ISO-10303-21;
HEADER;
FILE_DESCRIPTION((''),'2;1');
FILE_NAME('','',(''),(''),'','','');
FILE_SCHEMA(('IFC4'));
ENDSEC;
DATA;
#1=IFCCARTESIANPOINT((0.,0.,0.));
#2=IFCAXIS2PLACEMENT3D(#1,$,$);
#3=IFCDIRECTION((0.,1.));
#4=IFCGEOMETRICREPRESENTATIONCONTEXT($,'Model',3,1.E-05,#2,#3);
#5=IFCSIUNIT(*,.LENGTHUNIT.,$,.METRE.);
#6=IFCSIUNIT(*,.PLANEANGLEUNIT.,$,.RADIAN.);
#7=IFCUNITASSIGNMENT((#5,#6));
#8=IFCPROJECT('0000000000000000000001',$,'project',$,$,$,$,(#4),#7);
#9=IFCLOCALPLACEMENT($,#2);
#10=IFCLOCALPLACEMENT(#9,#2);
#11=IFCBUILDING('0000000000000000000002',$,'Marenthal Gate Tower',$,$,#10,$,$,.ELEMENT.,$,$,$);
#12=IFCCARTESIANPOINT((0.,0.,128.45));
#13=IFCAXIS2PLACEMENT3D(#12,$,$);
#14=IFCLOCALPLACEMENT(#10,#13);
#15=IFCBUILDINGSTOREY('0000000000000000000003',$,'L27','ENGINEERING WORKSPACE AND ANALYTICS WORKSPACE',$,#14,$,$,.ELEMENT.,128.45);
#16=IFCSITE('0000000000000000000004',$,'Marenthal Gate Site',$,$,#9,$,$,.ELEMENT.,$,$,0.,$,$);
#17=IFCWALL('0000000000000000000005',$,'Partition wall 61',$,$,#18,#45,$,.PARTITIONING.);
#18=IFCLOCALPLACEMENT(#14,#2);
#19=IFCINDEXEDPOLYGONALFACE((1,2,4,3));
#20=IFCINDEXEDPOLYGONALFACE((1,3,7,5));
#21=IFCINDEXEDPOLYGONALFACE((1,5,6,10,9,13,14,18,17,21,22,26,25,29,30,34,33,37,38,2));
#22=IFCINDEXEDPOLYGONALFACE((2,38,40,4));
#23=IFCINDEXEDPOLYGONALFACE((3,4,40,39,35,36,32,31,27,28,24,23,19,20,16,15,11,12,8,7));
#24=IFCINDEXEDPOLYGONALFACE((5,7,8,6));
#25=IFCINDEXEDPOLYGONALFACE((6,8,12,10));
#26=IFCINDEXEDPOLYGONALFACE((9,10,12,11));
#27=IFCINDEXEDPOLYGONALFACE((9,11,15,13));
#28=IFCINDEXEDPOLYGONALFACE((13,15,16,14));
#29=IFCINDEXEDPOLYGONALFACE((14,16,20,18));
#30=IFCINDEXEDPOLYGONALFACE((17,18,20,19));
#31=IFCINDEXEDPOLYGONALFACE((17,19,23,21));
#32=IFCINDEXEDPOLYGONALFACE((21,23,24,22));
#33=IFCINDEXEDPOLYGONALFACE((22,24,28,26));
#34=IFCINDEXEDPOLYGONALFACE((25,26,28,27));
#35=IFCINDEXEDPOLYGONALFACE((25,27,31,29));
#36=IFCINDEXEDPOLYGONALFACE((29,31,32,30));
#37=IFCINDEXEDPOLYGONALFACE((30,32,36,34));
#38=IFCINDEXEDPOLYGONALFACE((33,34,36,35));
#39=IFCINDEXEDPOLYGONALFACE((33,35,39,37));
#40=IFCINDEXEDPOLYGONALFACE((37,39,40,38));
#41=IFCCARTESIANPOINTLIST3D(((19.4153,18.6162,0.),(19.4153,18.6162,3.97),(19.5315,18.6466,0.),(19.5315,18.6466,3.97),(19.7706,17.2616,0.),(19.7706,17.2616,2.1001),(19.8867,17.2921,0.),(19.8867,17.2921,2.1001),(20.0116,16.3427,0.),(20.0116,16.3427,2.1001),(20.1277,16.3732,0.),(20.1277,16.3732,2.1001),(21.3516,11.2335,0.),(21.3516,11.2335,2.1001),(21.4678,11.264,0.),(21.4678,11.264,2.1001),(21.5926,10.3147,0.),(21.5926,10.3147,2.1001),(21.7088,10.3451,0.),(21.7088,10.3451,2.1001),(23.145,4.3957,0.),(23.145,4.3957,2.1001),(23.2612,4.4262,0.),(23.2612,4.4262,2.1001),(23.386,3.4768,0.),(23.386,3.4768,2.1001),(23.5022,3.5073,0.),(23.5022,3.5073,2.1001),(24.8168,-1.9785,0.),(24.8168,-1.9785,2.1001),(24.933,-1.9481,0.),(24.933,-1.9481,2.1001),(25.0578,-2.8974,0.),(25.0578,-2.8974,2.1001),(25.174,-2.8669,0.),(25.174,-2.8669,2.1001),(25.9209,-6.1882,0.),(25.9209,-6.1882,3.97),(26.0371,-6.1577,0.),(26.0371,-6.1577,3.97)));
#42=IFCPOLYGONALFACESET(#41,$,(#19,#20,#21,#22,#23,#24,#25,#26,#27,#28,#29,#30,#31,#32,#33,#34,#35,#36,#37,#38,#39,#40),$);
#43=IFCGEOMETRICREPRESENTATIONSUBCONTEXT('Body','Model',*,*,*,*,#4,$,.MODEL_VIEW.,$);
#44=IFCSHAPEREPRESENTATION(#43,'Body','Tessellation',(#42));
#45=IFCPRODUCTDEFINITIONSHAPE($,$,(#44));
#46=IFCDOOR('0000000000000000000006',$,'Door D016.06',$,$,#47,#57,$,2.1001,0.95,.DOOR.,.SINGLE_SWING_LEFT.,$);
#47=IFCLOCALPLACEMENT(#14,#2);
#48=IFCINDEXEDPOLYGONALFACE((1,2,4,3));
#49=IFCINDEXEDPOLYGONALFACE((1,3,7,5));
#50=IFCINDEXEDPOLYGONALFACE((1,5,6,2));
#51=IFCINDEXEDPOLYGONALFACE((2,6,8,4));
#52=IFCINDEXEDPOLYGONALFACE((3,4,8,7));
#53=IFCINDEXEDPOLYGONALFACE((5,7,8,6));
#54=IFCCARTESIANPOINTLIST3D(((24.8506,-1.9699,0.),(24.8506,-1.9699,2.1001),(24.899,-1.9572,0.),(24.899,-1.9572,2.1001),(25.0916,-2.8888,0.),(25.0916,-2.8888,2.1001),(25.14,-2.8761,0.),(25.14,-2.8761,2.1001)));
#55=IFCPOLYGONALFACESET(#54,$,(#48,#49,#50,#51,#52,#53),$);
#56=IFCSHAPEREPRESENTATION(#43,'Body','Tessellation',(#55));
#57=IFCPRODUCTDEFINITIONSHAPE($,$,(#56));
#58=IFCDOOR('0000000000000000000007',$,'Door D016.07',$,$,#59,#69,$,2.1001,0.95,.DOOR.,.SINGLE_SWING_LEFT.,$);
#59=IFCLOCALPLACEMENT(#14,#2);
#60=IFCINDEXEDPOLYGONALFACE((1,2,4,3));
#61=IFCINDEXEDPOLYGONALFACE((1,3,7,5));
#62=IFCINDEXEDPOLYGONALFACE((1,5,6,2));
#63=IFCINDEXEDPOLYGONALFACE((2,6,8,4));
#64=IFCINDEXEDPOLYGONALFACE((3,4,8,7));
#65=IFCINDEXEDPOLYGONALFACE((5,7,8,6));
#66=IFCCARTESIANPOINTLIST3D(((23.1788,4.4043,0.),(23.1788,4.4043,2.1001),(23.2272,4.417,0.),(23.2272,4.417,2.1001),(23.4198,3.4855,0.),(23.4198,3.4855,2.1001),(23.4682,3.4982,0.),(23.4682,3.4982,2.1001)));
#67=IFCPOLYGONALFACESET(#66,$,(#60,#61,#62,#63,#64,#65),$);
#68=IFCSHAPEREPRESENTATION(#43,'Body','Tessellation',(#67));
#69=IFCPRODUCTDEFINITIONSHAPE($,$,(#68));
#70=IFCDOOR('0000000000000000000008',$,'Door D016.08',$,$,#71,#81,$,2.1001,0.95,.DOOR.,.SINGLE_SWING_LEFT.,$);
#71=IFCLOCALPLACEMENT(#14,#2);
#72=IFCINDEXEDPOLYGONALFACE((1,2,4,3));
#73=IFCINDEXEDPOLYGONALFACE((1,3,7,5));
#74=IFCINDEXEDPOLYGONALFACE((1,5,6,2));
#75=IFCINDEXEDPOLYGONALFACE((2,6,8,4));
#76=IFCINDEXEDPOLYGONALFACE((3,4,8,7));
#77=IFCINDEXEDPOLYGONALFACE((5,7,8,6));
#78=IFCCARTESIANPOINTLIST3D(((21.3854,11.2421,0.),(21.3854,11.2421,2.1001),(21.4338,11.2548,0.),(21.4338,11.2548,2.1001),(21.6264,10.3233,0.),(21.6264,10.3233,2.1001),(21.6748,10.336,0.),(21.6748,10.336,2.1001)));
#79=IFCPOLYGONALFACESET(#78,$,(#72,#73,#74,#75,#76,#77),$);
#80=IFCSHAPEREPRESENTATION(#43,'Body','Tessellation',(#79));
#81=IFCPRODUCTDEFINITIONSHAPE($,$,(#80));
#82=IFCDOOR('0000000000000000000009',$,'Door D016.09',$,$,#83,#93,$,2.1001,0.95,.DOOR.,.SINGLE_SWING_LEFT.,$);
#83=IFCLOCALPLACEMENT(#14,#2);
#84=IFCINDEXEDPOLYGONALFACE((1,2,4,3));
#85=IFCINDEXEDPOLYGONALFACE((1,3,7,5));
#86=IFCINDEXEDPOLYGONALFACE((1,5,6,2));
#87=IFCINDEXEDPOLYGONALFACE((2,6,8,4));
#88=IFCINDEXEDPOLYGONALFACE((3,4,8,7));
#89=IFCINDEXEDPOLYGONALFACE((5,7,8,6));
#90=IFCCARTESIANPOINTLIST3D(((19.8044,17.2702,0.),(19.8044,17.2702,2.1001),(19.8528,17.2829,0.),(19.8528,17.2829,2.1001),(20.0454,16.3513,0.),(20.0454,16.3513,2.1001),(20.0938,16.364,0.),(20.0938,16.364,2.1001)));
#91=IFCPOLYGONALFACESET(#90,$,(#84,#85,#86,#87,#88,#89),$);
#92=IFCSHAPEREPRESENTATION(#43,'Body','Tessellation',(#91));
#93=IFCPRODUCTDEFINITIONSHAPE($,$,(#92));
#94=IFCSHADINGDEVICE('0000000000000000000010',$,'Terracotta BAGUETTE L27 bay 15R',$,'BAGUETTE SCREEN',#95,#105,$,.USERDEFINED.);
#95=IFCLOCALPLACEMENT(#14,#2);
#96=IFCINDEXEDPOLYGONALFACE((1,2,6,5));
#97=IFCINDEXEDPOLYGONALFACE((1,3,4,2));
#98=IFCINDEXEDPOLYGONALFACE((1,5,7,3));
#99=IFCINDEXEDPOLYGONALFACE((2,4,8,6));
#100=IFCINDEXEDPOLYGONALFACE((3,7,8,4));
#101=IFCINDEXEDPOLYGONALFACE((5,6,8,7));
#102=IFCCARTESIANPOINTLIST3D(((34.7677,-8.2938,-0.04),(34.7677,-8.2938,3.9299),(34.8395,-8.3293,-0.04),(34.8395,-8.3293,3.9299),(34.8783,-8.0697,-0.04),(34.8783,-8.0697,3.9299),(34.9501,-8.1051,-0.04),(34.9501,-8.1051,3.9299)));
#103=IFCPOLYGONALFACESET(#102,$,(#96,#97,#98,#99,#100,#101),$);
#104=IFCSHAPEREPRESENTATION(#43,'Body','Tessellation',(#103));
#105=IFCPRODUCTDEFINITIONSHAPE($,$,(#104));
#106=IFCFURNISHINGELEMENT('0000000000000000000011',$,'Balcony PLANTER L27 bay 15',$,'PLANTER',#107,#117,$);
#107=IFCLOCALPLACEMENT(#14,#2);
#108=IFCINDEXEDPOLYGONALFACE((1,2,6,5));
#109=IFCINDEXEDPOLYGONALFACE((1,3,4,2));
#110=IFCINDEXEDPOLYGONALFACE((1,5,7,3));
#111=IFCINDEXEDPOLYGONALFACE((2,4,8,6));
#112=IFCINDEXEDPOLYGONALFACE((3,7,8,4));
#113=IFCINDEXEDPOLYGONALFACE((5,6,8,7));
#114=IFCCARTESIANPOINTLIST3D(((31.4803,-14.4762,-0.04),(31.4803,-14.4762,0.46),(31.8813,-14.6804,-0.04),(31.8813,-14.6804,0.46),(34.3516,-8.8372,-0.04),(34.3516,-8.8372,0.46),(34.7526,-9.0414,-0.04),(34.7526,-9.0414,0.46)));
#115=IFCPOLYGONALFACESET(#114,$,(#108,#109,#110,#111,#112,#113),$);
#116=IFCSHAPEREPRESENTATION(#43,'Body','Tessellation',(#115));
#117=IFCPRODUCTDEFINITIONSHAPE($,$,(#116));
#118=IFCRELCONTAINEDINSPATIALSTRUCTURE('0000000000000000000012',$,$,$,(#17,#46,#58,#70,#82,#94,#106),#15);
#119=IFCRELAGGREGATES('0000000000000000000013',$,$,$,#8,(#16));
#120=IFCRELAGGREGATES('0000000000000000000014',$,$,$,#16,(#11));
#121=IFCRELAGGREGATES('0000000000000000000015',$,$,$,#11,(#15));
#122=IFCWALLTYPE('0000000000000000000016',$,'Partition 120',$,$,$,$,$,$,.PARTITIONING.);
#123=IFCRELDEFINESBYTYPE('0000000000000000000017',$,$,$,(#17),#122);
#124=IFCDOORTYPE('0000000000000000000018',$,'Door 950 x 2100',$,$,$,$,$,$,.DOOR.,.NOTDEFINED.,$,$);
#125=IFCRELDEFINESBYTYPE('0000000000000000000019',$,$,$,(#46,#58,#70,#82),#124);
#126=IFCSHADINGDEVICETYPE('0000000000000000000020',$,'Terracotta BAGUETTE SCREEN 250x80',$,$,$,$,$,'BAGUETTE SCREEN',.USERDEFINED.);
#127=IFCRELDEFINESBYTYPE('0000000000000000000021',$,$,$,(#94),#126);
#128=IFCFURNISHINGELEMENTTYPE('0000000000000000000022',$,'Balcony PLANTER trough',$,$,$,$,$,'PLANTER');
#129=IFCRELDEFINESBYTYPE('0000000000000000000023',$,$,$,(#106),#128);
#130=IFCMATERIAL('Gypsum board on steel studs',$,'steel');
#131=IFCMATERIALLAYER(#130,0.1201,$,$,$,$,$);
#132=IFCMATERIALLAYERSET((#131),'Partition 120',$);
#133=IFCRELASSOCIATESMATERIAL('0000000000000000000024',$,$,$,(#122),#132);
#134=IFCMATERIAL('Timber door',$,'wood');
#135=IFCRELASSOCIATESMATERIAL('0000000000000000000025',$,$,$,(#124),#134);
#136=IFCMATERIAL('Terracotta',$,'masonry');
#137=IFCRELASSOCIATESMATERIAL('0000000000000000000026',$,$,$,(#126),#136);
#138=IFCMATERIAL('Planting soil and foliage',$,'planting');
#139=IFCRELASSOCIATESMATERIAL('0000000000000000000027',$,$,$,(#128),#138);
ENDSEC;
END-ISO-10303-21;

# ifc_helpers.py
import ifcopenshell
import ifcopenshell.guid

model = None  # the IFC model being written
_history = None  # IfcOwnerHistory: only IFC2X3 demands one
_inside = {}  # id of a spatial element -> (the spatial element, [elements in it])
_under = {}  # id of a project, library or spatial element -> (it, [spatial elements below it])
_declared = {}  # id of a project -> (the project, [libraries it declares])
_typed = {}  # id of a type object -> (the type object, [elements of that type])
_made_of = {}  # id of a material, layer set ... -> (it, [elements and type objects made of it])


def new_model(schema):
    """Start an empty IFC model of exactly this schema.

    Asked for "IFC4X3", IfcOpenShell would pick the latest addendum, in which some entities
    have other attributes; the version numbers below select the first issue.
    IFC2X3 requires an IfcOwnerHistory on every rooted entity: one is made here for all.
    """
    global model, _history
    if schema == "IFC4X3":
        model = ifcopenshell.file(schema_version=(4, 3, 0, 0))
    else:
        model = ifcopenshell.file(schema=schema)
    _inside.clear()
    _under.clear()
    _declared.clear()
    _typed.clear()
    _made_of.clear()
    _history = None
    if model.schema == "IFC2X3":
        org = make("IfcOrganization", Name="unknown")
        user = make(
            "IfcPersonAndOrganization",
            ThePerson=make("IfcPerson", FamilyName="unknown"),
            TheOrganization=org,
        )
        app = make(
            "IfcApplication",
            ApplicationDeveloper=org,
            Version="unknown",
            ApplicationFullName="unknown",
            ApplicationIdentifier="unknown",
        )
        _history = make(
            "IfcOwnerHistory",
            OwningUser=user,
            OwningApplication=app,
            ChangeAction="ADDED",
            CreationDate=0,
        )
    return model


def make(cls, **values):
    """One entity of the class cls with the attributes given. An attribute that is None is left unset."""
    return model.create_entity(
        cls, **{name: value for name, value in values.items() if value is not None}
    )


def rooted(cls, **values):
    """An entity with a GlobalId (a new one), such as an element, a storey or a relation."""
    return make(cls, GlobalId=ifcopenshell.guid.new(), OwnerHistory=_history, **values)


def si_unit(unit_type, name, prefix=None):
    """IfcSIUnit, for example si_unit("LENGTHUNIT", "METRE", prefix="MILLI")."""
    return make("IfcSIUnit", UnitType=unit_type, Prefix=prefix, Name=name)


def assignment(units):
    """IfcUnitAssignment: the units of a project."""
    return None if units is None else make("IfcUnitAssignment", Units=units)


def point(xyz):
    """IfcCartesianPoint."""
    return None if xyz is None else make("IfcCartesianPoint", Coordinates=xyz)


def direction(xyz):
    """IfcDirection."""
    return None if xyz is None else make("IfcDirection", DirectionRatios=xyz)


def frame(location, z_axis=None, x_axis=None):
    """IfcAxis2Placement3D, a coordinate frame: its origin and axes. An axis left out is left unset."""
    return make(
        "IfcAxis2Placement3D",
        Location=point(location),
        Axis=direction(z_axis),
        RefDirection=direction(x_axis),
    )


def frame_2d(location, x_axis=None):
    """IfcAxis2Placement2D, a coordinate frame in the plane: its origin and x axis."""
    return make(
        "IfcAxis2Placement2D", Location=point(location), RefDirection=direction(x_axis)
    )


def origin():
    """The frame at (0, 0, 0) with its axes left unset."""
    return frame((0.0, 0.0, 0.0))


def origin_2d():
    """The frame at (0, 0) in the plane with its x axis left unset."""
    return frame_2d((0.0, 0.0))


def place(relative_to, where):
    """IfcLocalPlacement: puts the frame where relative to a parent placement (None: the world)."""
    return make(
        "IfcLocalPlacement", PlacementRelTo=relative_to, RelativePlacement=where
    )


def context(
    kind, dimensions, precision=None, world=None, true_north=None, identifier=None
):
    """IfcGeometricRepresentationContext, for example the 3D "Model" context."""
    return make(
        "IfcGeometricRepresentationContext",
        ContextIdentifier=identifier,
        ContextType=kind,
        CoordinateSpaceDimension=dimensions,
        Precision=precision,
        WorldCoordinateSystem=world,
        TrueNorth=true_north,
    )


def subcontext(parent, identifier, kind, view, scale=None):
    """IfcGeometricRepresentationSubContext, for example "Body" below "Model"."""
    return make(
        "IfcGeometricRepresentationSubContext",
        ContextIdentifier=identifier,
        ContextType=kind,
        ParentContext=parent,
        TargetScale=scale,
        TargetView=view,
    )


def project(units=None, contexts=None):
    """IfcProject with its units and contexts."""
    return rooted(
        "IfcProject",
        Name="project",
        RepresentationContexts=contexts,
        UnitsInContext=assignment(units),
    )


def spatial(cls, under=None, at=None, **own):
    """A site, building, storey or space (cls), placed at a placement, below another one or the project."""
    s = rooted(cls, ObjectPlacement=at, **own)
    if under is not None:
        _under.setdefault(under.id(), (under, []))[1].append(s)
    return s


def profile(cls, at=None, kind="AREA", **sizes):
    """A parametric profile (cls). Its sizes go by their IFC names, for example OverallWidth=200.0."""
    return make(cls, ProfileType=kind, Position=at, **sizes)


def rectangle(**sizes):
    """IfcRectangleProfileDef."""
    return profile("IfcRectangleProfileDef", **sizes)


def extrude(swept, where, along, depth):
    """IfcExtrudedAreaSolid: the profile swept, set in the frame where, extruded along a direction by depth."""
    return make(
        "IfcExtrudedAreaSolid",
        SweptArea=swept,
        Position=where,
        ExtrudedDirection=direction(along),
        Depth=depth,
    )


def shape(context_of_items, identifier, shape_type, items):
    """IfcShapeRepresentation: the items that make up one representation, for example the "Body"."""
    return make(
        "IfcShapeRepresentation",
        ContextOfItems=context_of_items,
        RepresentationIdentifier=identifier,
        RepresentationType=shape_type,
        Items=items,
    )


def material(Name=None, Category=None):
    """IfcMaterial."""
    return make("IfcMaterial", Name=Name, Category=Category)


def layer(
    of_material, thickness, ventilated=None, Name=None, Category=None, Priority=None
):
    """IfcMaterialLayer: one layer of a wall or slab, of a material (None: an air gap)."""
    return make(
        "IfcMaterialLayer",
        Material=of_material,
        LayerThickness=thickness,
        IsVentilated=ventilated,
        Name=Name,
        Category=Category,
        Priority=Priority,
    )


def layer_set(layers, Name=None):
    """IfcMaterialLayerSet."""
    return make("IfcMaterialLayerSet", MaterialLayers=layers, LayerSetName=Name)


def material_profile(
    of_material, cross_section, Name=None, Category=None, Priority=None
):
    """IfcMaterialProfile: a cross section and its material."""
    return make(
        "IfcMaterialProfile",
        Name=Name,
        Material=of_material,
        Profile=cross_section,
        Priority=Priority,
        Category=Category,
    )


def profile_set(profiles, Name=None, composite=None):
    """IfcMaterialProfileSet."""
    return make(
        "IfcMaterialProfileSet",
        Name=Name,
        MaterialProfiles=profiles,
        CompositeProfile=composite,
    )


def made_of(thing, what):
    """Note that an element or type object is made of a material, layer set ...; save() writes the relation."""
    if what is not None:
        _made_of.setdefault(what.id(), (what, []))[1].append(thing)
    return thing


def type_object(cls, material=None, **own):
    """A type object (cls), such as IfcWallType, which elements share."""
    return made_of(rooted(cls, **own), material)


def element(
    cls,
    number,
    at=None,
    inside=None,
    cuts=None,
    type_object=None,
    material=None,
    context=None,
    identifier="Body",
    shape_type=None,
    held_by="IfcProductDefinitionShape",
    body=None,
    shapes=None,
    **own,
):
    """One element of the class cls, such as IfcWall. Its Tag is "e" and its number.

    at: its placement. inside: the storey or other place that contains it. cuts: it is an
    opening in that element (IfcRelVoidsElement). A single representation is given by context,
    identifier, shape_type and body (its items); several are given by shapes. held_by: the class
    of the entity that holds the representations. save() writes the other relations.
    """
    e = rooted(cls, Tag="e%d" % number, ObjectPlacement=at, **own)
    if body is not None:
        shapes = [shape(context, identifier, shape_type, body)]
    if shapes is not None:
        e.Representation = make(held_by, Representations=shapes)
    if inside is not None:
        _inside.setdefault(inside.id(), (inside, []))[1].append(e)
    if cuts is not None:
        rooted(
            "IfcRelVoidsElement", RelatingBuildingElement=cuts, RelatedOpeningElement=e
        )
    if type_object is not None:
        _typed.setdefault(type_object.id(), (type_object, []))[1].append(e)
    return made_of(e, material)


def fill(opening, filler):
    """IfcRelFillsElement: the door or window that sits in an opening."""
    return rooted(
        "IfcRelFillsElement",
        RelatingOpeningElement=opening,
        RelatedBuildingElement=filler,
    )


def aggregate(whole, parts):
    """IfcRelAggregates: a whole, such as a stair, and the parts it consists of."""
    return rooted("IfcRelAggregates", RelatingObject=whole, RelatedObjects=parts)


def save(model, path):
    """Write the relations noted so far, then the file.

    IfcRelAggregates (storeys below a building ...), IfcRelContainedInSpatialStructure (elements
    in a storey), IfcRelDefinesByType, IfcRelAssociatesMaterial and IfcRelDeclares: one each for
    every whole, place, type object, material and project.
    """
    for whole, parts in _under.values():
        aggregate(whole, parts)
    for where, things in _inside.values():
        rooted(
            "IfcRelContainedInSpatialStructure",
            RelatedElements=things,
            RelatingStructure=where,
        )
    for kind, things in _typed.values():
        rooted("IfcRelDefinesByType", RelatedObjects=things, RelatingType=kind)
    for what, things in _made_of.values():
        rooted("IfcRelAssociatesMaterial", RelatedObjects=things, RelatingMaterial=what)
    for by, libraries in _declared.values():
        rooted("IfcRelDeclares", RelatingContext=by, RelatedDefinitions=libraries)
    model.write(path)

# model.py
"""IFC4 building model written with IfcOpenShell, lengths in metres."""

from ifc_helpers import new_model, si_unit, direction, frame, frame_2d, origin, origin_2d, place, context, subcontext, project, spatial, rectangle, extrude, material, layer, layer_set, material_profile, profile_set, type_object, element, fill, save


model = new_model("IFC4")

# Units and contexts
model_context = context("Model", 3, precision=1e-05, world=origin(), true_north=direction((0.0, 1.0)))
body_context = subcontext(model_context, "Body", "Model", "MODEL_VIEW")
ifc_project = project(units=[si_unit("LENGTHUNIT", "METRE"), si_unit("PLANEANGLEUNIT", "RADIAN")], contexts=[model_context])

# Site, building, storey
site_placement = place(None, origin())
site = spatial("IfcSite", under=ifc_project, at=site_placement, Name="Marenthal Gate Site", CompositionType="ELEMENT", RefElevation=0.0)
building_placement = place(site_placement, origin())
building = spatial("IfcBuilding", under=site, at=building_placement, Name="Marenthal Gate Tower", CompositionType="ELEMENT")
storey_placement = place(building_placement, frame((0.0, 0.0, 128.45)))
storey = spatial("IfcBuildingStorey", under=building, at=storey_placement, Name="L27", Description="ENGINEERING WORKSPACE AND ANALYTICS WORKSPACE", CompositionType="ELEMENT", Elevation=128.45)

# Shared definitions
ifc_material_1 = material(Name="Gypsum board on steel studs", Category="steel")
ifc_layer_1 = layer(ifc_material_1, 0.1201)
ifc_layer_set_1 = layer_set([ifc_layer_1], Name="Partition 120")
wall_type = type_object("IfcWallType", Name="Partition 120", PredefinedType="PARTITIONING", material=ifc_layer_set_1)

# Wall, openings, doors
wall_1_placement = place(storey_placement, frame((25.979, -6.1731, 0.0), z_axis=(0.0, 0.0, 1.0), x_axis=(-0.253696, 0.967284, 0.0)))
wall_1 = element("IfcWall", 1, at=wall_1_placement, inside=storey, type_object=wall_type, Name="Partition wall 61", PredefinedType="PARTITIONING", context=body_context, shape_type="SweptSolid", body=[
    extrude(rectangle(XDim=25.6433, YDim=0.1201, at=frame_2d((12.8218, 0.0))), origin(), (0.0, 0.0, 1.0), 3.97),
])
opening_1_placement = place(wall_1_placement, frame((3.4021, 0.0, 0.0)))
opening_1 = element("IfcOpeningElement", 2, at=opening_1_placement, cuts=wall_1, PredefinedType="OPENING", context=body_context, shape_type="SweptSolid", body=[
    extrude(rectangle(XDim=0.95, YDim=2.1001, at=frame_2d((0.4751, 1.05))), frame((0.0, 0.0701, 0.0), z_axis=(0.0, -1.0, 0.0), x_axis=(1.0, 0.0, 0.0)), (0.0, 0.0, 1.0), 0.1401),
])
opening_2_placement = place(wall_1_placement, frame((9.9919, 0.0, 0.0)))
opening_2 = element("IfcOpeningElement", 3, at=opening_2_placement, cuts=wall_1, PredefinedType="OPENING", context=body_context, shape_type="SweptSolid", body=[
    extrude(rectangle(XDim=0.95, YDim=2.1001, at=frame_2d((0.4751, 1.05))), frame((0.0, 0.0701, 0.0), z_axis=(0.0, -1.0, 0.0), x_axis=(1.0, 0.0, 0.0)), (0.0, 0.0, 1.0), 0.1401),
])
opening_3_placement = place(wall_1_placement, frame((17.061, 0.0, 0.0)))
opening_3 = element("IfcOpeningElement", 4, at=opening_3_placement, cuts=wall_1, PredefinedType="OPENING", context=body_context, shape_type="SweptSolid", body=[
    extrude(rectangle(XDim=0.95, YDim=2.1001, at=frame_2d((0.4751, 1.05))), frame((0.0, 0.0701, 0.0), z_axis=(0.0, -1.0, 0.0), x_axis=(1.0, 0.0, 0.0)), (0.0, 0.0, 1.0), 0.1401),
])
opening_4_placement = place(wall_1_placement, frame((23.293, 0.0, 0.0)))
opening_4 = element("IfcOpeningElement", 5, at=opening_4_placement, cuts=wall_1, PredefinedType="OPENING", context=body_context, shape_type="SweptSolid", body=[
    extrude(rectangle(XDim=0.95, YDim=2.1001, at=frame_2d((0.4751, 1.05))), frame((0.0, 0.0701, 0.0), z_axis=(0.0, -1.0, 0.0), x_axis=(1.0, 0.0, 0.0)), (0.0, 0.0, 1.0), 0.1401),
])
ifc_material_2 = material(Name="Timber door", Category="wood")
door_type = type_object("IfcDoorType", Name="Door 950 x 2100", OperationType="NOTDEFINED", PredefinedType="DOOR", material=ifc_material_2)
door_1_placement = place(opening_1_placement, frame((0.95, 0.0, 0.0), z_axis=(0.0, 0.0, 1.0), x_axis=(-1.0, 0.0, 0.0)))
door_1 = element("IfcDoor", 6, at=door_1_placement, inside=storey, type_object=door_type, Name="Door D016.06", OperationType="SINGLE_SWING_LEFT", OverallHeight=2.1001, OverallWidth=0.95, PredefinedType="DOOR", context=body_context, shape_type="SweptSolid", body=[
    extrude(rectangle(XDim=0.95, YDim=2.1001, at=frame_2d((0.4751, 1.05))), frame((0.0, 0.0249, 0.0), z_axis=(0.0, -1.0, 0.0), x_axis=(1.0, 0.0, 0.0)), (0.0, 0.0, 1.0), 0.05),
])
fill(opening_1, door_1)
door_2_placement = place(opening_2_placement, frame((0.95, 0.0, 0.0), z_axis=(0.0, 0.0, 1.0), x_axis=(-1.0, 0.0, 0.0)))
door_2 = element("IfcDoor", 7, at=door_2_placement, inside=storey, type_object=door_type, Name="Door D016.07", OperationType="SINGLE_SWING_LEFT", OverallHeight=2.1001, OverallWidth=0.95, PredefinedType="DOOR", context=body_context, shape_type="SweptSolid", body=[
    extrude(rectangle(XDim=0.95, YDim=2.1001, at=frame_2d((0.4751, 1.05))), frame((0.0, 0.0249, 0.0), z_axis=(0.0, -1.0, 0.0), x_axis=(1.0, 0.0, 0.0)), (0.0, 0.0, 1.0), 0.05),
])
fill(opening_2, door_2)
door_3_placement = place(opening_3_placement, frame((0.95, 0.0, 0.0), z_axis=(0.0, 0.0, 1.0), x_axis=(-1.0, 0.0, 0.0)))
door_3 = element("IfcDoor", 8, at=door_3_placement, inside=storey, type_object=door_type, Name="Door D016.08", OperationType="SINGLE_SWING_LEFT", OverallHeight=2.1001, OverallWidth=0.95, PredefinedType="DOOR", context=body_context, shape_type="SweptSolid", body=[
    extrude(rectangle(XDim=0.95, YDim=2.1001, at=frame_2d((0.4751, 1.05))), frame((0.0, 0.0249, 0.0), z_axis=(0.0, -1.0, 0.0), x_axis=(1.0, 0.0, 0.0)), (0.0, 0.0, 1.0), 0.05),
])
fill(opening_3, door_3)
door_4_placement = place(opening_4_placement, frame((0.95, 0.0, 0.0), z_axis=(0.0, 0.0, 1.0), x_axis=(-1.0, 0.0, 0.0)))
door_4 = element("IfcDoor", 9, at=door_4_placement, inside=storey, type_object=door_type, Name="Door D016.09", OperationType="SINGLE_SWING_LEFT", OverallHeight=2.1001, OverallWidth=0.95, PredefinedType="DOOR", context=body_context, shape_type="SweptSolid", body=[
    extrude(rectangle(XDim=0.95, YDim=2.1001, at=frame_2d((0.4751, 1.05))), frame((0.0, 0.0249, 0.0), z_axis=(0.0, -1.0, 0.0), x_axis=(1.0, 0.0, 0.0)), (0.0, 0.0, 1.0), 0.05),
])
fill(opening_4, door_4)

# Shading device
ifc_material_3 = material(Name="Terracotta", Category="masonry")
ifc_material_profile_1 = material_profile(ifc_material_3, rectangle(XDim=0.25, YDim=0.0801, at=origin_2d()), Name="Terracotta baguette 250x80")
ifc_profile_set_1 = profile_set([ifc_material_profile_1], Name="Terracotta")
shading_device_type = type_object("IfcShadingDeviceType", Name="Terracotta BAGUETTE SCREEN 250x80", ElementType="BAGUETTE SCREEN", PredefinedType="USERDEFINED", material=ifc_profile_set_1)
shading_device_placement = place(storey_placement, frame((34.8589, -8.1995, -0.04), z_axis=(0.0, 0.0, 1.0), x_axis=(0.442658, 0.896691, 0.0)))
element("IfcShadingDevice", 10, at=shading_device_placement, inside=storey, type_object=shading_device_type, Name="Terracotta BAGUETTE L27 bay 15R", ObjectType="BAGUETTE SCREEN", PredefinedType="USERDEFINED", context=body_context, shape_type="SweptSolid", body=[
    extrude(rectangle(XDim=0.25, YDim=0.0801, at=origin_2d()), origin(), (0.0, 0.0, 1.0), 3.97),
])

# Furnishing element
ifc_material_4 = material(Name="Planting soil and foliage", Category="planting")
furnishing_element_type = type_object("IfcFurnishingElementType", Name="Balcony PLANTER trough", ElementType="PLANTER", material=ifc_material_4)
furnishing_placement = place(storey_placement, frame((33.1165, -11.7588, -0.04), z_axis=(0.0, 0.0, 1.0), x_axis=(0.453749, 0.89113, 0.0)))
element("IfcFurnishingElement", 11, at=furnishing_placement, inside=storey, type_object=furnishing_element_type, Name="Balcony PLANTER L27 bay 15", ObjectType="PLANTER", context=body_context, shape_type="SweptSolid", body=[
    extrude(rectangle(XDim=6.3279, YDim=0.45, at=origin_2d()), origin(), (0.0, 0.0, 1.0), 0.5),
])

save(model, "model.ifc")
